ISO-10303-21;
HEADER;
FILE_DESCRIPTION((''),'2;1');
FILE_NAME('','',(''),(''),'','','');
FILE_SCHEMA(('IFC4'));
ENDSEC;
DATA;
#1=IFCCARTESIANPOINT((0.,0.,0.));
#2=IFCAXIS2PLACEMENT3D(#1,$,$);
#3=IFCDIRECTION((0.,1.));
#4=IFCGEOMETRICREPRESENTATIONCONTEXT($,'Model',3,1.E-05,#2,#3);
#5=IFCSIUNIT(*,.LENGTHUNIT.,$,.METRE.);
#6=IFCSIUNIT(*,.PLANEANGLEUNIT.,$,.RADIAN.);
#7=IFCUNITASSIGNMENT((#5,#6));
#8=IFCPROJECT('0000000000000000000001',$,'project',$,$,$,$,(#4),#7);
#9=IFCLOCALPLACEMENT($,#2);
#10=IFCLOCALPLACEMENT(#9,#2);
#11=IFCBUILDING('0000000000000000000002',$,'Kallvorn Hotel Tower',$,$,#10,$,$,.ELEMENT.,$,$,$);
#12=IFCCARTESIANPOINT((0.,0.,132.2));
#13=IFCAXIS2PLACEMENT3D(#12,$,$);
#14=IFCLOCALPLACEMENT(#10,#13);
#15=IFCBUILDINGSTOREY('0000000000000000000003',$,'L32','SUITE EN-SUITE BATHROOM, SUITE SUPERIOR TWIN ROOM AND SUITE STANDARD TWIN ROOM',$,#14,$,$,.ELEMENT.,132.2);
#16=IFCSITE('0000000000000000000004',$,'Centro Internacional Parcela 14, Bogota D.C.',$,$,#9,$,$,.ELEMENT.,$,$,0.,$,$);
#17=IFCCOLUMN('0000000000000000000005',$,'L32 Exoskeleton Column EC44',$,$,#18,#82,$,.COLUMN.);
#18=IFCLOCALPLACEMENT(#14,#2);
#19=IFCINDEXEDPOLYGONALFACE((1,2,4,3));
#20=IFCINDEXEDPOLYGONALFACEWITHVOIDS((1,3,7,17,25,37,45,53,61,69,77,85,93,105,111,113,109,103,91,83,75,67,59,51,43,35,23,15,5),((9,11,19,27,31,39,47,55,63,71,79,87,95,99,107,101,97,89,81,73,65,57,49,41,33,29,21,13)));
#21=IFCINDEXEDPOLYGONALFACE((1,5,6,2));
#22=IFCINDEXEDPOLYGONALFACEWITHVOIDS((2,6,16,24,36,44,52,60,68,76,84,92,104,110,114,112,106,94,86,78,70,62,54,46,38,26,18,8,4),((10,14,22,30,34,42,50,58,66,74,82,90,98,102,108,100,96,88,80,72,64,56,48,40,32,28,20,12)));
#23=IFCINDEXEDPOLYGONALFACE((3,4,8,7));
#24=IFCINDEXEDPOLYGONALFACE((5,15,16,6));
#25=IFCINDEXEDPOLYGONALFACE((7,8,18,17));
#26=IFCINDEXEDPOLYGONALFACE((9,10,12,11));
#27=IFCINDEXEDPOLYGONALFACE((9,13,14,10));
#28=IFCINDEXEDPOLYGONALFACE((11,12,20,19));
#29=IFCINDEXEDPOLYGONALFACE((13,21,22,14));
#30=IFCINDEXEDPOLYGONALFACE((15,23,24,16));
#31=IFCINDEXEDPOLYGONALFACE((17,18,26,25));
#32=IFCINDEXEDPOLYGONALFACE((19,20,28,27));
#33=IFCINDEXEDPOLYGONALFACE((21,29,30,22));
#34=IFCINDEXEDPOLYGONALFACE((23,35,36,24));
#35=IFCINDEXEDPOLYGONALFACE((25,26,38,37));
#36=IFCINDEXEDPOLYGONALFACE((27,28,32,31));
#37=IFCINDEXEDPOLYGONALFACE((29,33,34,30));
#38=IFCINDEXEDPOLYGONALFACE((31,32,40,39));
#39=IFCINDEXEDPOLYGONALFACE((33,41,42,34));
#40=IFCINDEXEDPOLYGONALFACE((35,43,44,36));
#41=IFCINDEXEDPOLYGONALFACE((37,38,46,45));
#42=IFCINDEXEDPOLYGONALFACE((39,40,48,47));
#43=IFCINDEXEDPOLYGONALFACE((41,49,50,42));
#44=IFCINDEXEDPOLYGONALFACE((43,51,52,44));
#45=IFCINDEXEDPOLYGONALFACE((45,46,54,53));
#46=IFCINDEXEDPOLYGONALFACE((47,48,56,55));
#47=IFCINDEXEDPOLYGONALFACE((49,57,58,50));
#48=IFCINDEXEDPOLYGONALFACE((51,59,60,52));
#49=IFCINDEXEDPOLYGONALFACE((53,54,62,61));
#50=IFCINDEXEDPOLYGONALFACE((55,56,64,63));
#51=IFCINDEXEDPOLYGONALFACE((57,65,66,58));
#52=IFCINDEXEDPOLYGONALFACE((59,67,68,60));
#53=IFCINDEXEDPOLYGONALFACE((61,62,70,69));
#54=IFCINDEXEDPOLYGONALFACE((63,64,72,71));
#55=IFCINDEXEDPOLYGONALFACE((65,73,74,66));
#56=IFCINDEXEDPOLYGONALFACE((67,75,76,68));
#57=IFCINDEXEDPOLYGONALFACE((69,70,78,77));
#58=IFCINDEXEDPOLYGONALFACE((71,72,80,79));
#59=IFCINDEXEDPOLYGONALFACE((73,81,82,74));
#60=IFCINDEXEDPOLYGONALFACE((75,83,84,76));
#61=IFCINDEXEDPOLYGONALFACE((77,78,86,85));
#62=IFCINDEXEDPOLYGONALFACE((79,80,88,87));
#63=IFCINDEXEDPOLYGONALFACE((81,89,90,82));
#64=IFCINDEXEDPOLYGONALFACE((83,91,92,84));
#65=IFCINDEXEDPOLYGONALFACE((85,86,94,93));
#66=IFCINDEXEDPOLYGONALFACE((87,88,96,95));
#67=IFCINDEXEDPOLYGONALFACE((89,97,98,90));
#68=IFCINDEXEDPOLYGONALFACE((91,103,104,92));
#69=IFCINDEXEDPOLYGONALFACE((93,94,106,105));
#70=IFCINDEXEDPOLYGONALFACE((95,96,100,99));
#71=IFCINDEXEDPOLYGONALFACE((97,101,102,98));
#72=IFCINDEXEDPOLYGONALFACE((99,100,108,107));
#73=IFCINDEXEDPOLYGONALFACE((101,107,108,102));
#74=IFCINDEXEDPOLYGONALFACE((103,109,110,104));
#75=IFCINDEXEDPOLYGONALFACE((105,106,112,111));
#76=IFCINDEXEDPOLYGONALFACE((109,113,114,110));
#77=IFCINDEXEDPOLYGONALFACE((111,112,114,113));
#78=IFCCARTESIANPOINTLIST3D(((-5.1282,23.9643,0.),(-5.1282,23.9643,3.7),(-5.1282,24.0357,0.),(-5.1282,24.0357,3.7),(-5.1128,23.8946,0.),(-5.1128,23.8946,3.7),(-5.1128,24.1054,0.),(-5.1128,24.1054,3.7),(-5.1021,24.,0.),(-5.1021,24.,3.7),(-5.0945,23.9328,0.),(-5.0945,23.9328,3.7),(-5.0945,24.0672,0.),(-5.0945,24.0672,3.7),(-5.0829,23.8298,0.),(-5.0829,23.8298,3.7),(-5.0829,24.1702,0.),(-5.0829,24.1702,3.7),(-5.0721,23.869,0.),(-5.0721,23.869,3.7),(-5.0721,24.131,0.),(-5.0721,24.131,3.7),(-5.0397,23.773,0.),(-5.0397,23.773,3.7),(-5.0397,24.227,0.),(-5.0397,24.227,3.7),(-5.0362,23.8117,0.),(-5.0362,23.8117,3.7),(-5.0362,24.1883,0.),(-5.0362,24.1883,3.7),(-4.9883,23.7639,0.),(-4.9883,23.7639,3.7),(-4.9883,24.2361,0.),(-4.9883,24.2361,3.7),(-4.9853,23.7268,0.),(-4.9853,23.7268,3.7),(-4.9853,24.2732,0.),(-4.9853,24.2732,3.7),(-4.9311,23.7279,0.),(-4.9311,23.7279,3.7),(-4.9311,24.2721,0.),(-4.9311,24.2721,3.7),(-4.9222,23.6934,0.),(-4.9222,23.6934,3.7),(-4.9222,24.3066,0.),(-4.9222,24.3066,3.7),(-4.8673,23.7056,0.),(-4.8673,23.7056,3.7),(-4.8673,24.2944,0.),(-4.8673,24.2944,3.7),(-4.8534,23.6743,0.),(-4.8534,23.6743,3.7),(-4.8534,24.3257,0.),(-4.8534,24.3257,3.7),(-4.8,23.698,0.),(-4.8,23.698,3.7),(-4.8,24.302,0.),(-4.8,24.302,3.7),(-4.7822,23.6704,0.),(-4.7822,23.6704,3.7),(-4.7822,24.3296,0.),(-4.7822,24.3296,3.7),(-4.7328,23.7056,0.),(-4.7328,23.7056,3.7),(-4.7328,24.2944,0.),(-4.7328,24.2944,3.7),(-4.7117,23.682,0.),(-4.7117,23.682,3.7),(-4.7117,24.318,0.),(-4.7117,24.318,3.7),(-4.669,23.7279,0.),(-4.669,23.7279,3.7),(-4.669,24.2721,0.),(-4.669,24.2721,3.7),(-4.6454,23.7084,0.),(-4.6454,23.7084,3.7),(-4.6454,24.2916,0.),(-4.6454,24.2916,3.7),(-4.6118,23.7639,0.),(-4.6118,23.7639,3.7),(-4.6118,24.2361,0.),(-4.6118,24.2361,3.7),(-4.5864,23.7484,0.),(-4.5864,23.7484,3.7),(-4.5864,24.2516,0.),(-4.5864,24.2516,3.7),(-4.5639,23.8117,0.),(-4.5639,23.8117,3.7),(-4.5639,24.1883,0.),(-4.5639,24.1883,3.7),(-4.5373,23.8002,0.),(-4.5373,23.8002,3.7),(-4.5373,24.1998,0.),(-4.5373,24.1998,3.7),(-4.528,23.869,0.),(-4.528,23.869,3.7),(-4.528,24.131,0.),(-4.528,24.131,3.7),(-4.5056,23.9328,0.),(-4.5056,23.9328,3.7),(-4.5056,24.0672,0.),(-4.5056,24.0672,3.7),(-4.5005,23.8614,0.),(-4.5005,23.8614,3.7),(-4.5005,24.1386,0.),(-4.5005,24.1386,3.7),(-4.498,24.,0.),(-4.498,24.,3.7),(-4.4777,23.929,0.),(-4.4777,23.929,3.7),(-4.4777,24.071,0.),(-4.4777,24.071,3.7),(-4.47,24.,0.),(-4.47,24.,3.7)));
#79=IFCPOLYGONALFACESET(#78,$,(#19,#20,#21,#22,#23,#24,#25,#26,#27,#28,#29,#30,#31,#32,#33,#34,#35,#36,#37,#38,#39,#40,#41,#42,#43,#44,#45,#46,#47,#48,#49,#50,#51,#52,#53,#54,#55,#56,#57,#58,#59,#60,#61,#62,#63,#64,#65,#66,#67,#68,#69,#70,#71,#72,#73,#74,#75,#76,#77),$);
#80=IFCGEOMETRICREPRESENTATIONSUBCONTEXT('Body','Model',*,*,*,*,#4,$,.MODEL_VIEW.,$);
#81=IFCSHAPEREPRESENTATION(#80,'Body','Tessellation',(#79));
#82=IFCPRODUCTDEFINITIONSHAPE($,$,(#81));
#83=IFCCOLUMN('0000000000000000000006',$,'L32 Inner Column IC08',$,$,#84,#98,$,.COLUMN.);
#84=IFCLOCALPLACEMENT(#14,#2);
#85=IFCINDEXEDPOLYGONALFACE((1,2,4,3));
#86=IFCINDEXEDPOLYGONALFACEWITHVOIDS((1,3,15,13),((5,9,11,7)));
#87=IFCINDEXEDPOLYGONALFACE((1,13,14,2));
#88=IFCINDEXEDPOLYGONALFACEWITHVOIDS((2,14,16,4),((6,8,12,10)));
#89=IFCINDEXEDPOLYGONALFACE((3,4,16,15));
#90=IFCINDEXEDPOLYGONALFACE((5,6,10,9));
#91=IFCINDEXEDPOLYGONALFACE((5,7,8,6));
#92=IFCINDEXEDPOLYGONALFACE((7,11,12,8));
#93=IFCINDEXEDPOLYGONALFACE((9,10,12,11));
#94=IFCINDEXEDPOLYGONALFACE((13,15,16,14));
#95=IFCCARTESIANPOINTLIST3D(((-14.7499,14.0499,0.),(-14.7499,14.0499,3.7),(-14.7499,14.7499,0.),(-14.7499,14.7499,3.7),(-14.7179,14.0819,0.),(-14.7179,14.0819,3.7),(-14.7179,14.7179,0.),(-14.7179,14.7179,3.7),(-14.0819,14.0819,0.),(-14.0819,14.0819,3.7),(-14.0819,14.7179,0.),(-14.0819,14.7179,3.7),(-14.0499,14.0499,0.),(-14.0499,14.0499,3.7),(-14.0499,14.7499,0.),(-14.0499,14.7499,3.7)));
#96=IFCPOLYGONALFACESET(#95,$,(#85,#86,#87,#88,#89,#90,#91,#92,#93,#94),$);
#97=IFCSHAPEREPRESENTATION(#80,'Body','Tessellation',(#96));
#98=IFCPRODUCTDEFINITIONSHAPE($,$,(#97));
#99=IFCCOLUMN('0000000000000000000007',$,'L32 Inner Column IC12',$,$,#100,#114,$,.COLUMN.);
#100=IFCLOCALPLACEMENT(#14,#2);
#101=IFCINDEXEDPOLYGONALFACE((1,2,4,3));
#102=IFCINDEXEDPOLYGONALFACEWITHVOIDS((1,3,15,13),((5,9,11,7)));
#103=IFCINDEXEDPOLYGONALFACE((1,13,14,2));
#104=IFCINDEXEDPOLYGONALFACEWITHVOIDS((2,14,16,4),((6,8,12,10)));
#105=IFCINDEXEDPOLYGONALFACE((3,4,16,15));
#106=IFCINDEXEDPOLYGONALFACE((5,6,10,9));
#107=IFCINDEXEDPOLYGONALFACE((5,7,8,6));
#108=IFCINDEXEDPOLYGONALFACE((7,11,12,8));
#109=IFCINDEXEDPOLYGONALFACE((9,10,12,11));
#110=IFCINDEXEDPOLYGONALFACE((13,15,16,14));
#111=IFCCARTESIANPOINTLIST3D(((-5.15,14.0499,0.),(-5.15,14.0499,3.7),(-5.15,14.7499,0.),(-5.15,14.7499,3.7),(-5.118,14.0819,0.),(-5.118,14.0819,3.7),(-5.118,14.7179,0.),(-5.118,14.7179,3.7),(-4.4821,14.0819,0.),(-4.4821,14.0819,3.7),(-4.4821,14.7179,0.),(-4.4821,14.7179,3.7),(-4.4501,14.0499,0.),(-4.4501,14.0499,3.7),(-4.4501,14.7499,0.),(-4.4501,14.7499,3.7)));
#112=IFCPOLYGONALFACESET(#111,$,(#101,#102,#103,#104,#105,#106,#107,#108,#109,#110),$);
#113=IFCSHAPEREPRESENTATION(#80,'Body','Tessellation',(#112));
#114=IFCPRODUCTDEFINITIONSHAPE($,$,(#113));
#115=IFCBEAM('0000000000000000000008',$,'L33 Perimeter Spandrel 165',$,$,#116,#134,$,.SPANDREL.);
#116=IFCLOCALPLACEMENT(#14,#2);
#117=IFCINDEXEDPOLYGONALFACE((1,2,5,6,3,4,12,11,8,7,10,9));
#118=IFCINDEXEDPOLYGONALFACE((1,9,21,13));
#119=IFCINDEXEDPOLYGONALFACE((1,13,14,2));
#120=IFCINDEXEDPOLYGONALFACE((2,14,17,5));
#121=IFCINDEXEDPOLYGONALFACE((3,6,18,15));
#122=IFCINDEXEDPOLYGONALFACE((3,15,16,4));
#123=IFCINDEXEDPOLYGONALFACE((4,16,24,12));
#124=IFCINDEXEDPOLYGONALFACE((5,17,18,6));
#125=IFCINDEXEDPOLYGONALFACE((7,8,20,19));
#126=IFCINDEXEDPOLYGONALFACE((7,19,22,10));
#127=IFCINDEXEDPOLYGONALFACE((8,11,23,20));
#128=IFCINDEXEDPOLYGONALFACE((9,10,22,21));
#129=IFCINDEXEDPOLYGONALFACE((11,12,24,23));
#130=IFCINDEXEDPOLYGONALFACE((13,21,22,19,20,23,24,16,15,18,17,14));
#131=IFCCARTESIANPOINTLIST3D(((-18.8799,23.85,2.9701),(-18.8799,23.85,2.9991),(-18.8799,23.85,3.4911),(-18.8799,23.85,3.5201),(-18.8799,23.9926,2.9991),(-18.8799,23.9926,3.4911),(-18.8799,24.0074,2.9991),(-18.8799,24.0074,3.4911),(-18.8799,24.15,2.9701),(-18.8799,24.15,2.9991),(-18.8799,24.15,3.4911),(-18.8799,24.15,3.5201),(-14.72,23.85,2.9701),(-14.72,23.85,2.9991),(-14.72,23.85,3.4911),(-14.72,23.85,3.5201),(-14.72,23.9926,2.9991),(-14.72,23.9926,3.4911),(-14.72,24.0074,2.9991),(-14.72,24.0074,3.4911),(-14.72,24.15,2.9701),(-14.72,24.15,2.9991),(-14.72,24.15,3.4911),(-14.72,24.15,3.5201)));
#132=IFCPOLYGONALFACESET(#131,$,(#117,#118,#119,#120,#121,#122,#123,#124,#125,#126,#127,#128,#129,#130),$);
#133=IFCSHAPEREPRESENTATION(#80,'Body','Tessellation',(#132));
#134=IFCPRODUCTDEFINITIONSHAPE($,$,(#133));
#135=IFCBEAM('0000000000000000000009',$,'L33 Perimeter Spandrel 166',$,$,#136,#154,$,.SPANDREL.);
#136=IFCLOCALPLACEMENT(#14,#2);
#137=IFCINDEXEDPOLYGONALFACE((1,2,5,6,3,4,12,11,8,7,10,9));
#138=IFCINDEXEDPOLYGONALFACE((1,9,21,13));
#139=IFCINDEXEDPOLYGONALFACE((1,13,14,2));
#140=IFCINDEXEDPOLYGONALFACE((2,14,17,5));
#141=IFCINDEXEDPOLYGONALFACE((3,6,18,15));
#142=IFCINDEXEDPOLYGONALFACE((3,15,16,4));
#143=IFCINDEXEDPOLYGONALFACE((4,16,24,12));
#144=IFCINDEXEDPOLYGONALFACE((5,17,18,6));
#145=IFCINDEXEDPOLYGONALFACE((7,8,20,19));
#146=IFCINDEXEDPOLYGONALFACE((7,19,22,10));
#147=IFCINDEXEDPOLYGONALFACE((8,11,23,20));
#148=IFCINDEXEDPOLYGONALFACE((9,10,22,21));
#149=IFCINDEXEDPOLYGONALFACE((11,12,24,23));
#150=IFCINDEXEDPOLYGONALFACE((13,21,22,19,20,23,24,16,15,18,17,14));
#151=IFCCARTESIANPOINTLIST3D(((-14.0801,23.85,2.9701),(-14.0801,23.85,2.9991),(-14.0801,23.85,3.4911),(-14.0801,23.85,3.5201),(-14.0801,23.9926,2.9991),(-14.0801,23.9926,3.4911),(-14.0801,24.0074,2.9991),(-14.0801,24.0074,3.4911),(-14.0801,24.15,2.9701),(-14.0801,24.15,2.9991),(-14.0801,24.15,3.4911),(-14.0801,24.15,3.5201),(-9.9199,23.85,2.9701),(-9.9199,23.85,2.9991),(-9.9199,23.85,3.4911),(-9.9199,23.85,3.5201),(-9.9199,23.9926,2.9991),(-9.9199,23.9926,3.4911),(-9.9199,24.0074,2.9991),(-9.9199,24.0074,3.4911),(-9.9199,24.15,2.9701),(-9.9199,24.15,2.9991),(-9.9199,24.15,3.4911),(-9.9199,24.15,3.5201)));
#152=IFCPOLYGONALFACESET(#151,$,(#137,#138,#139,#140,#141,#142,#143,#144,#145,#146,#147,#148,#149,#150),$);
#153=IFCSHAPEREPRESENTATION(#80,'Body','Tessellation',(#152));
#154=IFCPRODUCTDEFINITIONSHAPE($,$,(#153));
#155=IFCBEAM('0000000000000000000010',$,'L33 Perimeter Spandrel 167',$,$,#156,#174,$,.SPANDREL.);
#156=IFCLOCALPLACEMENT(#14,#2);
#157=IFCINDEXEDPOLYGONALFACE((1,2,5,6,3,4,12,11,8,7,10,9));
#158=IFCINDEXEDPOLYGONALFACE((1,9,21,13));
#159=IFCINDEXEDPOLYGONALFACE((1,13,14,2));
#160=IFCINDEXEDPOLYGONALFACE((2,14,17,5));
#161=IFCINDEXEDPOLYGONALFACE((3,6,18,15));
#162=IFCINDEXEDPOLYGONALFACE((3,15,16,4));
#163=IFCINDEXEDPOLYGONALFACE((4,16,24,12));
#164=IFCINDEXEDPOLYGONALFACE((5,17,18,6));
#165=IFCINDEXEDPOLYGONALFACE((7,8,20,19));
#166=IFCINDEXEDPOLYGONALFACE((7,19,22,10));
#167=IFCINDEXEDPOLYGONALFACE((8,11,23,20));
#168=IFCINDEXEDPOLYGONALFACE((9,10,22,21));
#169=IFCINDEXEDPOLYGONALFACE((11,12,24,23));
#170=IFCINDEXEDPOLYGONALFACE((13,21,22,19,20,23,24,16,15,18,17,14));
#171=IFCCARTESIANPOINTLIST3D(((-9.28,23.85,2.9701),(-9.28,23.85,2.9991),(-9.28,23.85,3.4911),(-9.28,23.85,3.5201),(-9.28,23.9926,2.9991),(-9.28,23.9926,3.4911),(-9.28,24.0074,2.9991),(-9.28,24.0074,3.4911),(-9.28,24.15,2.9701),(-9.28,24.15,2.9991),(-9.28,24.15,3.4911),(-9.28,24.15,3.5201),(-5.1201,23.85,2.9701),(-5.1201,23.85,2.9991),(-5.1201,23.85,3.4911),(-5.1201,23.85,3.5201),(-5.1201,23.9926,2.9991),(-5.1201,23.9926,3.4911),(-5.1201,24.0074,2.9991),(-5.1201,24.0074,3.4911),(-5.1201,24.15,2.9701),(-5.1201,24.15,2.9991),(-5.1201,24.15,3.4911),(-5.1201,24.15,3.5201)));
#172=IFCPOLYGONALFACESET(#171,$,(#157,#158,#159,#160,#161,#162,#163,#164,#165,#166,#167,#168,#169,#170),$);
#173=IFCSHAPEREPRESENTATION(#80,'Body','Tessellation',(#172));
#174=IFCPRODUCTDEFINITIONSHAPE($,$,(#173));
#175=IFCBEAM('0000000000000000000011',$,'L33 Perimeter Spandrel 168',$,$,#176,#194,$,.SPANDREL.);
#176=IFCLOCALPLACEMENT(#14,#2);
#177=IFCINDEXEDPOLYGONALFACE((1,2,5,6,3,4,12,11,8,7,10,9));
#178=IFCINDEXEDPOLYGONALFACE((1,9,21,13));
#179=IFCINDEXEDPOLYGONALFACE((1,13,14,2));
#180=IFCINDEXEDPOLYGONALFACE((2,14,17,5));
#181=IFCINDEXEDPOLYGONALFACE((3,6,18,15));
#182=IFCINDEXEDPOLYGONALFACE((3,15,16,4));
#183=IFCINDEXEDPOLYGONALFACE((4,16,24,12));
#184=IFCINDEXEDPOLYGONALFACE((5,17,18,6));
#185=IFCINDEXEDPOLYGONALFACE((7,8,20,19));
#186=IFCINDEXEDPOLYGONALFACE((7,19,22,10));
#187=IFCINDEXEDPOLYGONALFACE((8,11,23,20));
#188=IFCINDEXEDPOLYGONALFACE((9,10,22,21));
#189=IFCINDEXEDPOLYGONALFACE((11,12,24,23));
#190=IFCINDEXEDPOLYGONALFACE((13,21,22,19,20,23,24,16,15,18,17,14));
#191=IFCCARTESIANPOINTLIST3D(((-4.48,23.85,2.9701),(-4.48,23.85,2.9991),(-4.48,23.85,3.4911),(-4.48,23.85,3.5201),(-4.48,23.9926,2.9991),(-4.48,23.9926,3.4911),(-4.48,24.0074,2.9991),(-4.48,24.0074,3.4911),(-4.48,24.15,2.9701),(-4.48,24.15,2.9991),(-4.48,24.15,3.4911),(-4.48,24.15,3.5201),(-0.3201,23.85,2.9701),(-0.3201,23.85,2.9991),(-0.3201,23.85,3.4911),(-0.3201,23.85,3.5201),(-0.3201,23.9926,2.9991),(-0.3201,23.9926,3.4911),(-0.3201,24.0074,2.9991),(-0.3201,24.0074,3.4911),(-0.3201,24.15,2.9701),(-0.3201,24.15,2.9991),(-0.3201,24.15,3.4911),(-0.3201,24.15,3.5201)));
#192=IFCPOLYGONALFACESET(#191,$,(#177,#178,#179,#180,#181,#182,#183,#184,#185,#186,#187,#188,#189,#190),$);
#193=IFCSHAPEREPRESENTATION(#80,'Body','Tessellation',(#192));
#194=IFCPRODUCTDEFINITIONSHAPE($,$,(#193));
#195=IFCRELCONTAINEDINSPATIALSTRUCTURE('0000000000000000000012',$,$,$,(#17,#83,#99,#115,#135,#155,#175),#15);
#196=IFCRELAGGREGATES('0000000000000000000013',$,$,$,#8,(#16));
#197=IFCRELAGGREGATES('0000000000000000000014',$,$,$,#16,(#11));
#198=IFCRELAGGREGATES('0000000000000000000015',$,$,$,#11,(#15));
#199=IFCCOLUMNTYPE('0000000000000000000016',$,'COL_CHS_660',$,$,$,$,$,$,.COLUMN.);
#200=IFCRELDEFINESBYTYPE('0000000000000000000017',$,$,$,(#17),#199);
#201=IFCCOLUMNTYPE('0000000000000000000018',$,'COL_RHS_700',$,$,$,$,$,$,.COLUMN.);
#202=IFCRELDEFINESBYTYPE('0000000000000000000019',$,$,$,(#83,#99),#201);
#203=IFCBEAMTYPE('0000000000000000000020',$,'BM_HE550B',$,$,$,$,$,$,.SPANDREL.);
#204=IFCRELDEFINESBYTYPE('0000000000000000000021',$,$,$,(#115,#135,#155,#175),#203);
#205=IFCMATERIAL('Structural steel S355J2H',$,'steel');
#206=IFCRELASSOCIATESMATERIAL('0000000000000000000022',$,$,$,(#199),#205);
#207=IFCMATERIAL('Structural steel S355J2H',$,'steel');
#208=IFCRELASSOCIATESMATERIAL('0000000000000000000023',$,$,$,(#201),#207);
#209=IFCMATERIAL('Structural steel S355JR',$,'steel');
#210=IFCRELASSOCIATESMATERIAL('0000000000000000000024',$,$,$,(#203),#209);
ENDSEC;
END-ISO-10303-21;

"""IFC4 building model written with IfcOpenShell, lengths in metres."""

from ifc_helpers import new_model, si_unit, direction, frame, origin, origin_2d, place, context, subcontext, project, spatial, hollow_rectangle, hollow_circle, i_section, extrude, material, material_profile, profile_set, type_object, element, save


model = new_model("IFC4")

# Units and contexts
model_context = context("Model", 3, precision=1e-05, world=origin(), true_north=direction((0.0, 1.0)))
body_context = subcontext(model_context, "Body", "Model", "MODEL_VIEW")
ifc_project = project(units=[si_unit("LENGTHUNIT", "METRE"), si_unit("PLANEANGLEUNIT", "RADIAN")], contexts=[model_context])

# Site, building, storey
site_placement = place(None, origin())
site = spatial("IfcSite", under=ifc_project, at=site_placement, Name="Centro Internacional Parcela 14, Bogota D.C.", CompositionType="ELEMENT", RefElevation=0.0)
building_placement = place(site_placement, origin())
building = spatial("IfcBuilding", under=site, at=building_placement, Name="Kallvorn Hotel Tower", CompositionType="ELEMENT")
storey_placement = place(building_placement, frame((0.0, 0.0, 132.2)))
storey = spatial("IfcBuildingStorey", under=building, at=storey_placement, Name="L32", Description="SUITE EN-SUITE BATHROOM, SUITE SUPERIOR TWIN ROOM AND SUITE STANDARD TWIN ROOM", CompositionType="ELEMENT", Elevation=132.2)

# Columns
ifc_material_1 = material(Name="Structural steel S355J2H", Category="steel")
ifc_material_profile_1 = material_profile(ifc_material_1, hollow_circle(Radius=0.3301, WallThickness=0.0281, at=origin_2d()), Name="CHS 660x28")
ifc_profile_set_1 = profile_set([ifc_material_profile_1], Name="Structural steel S355J2H")
column_type_1 = type_object("IfcColumnType", Name="COL_CHS_660", PredefinedType="COLUMN", material=ifc_profile_set_1)
for number, where, z_axis, x_axis, name in (
    (1, (-4.8, 24.0, 0.0), (0.0, 0.0, 1.0), (1.0, 0.0, 0.0), "L32 Exoskeleton Column EC44"),
):
    element("IfcColumn", number, at=place(storey_placement, frame(where, z_axis=z_axis, x_axis=x_axis)), inside=storey, type_object=column_type_1, Name=name, PredefinedType="COLUMN", context=body_context, shape_type="SweptSolid", body=[
        extrude(hollow_circle(Radius=0.3301, WallThickness=0.0281, at=origin_2d()), origin(), (0.0, 0.0, 1.0), 3.7),
    ])
ifc_material_2 = material(Name="Structural steel S355J2H", Category="steel")
ifc_material_profile_2 = material_profile(ifc_material_2, hollow_rectangle(XDim=0.7, YDim=0.7, WallThickness=0.032, at=origin_2d()), Name="RHS 700x700x32")
ifc_profile_set_2 = profile_set([ifc_material_profile_2], Name="Structural steel S355J2H")
column_type_2 = type_object("IfcColumnType", Name="COL_RHS_700", PredefinedType="COLUMN", material=ifc_profile_set_2)
for number, where, z_axis, x_axis, name in (
    (2, (-14.3999, 14.3999, 0.0), (0.0, 0.0, 1.0), (1.0, 0.0, 0.0), "L32 Inner Column IC08"),
    (3, (-4.8, 14.3999, 0.0), (0.0, 0.0, 1.0), (1.0, 0.0, 0.0), "L32 Inner Column IC12"),
):
    element("IfcColumn", number, at=place(storey_placement, frame(where, z_axis=z_axis, x_axis=x_axis)), inside=storey, type_object=column_type_2, Name=name, PredefinedType="COLUMN", context=body_context, shape_type="SweptSolid", body=[
        extrude(hollow_rectangle(XDim=0.7, YDim=0.7, WallThickness=0.032, at=origin_2d()), origin(), (0.0, 0.0, 1.0), 3.7),
    ])

# Beams
ifc_material_3 = material(Name="Structural steel S355JR", Category="steel")
ifc_material_profile_3 = material_profile(ifc_material_3, i_section(OverallWidth=0.3, OverallDepth=0.55, WebThickness=0.0149, FlangeThickness=0.0291, at=origin_2d()), Name="HE 550 B")
ifc_profile_set_3 = profile_set([ifc_material_profile_3], Name="Structural steel S355JR")
beam_type_1 = type_object("IfcBeamType", Name="BM_HE550B", PredefinedType="SPANDREL", material=ifc_profile_set_3)
beam_1_placement = place(storey_placement, frame((-18.8799, 24.0, 3.2451), z_axis=(1.0, 0.0, 0.0), x_axis=(0.0, 1.0, 0.0)))
element("IfcBeam", 4, at=beam_1_placement, inside=storey, type_object=beam_type_1, Name="L33 Perimeter Spandrel 165", PredefinedType="SPANDREL", context=body_context, shape_type="SweptSolid", body=[
    extrude(i_section(OverallWidth=0.3, OverallDepth=0.55, WebThickness=0.0149, FlangeThickness=0.0291, at=origin_2d()), origin(), (0.0, 0.0, 1.0), 4.1599),
])
beam_2_placement = place(storey_placement, frame((-14.0801, 24.0, 3.2451), z_axis=(1.0, 0.0, 0.0), x_axis=(0.0, 1.0, 0.0)))
element("IfcBeam", 5, at=beam_2_placement, inside=storey, type_object=beam_type_1, Name="L33 Perimeter Spandrel 166", PredefinedType="SPANDREL", context=body_context, shape_type="SweptSolid", body=[
    extrude(i_section(OverallWidth=0.3, OverallDepth=0.55, WebThickness=0.0149, FlangeThickness=0.0291, at=origin_2d()), origin(), (0.0, 0.0, 1.0), 4.1602),
])
for number, where, z_axis, x_axis, name in (
    (6, (-9.28, 24.0, 3.2451), (1.0, 0.0, 0.0), (0.0, 1.0, 0.0), "L33 Perimeter Spandrel 167"),
    (7, (-4.48, 24.0, 3.2451), (1.0, 0.0, 0.0), (0.0, 1.0, 0.0), "L33 Perimeter Spandrel 168"),
):
    element("IfcBeam", number, at=place(storey_placement, frame(where, z_axis=z_axis, x_axis=x_axis)), inside=storey, type_object=beam_type_1, Name=name, PredefinedType="SPANDREL", context=body_context, shape_type="SweptSolid", body=[
        extrude(i_section(OverallWidth=0.3, OverallDepth=0.55, WebThickness=0.0149, FlangeThickness=0.0291, at=origin_2d()), origin(), (0.0, 0.0, 1.0), 4.1599),
    ])

save(model, "model.ifc")
